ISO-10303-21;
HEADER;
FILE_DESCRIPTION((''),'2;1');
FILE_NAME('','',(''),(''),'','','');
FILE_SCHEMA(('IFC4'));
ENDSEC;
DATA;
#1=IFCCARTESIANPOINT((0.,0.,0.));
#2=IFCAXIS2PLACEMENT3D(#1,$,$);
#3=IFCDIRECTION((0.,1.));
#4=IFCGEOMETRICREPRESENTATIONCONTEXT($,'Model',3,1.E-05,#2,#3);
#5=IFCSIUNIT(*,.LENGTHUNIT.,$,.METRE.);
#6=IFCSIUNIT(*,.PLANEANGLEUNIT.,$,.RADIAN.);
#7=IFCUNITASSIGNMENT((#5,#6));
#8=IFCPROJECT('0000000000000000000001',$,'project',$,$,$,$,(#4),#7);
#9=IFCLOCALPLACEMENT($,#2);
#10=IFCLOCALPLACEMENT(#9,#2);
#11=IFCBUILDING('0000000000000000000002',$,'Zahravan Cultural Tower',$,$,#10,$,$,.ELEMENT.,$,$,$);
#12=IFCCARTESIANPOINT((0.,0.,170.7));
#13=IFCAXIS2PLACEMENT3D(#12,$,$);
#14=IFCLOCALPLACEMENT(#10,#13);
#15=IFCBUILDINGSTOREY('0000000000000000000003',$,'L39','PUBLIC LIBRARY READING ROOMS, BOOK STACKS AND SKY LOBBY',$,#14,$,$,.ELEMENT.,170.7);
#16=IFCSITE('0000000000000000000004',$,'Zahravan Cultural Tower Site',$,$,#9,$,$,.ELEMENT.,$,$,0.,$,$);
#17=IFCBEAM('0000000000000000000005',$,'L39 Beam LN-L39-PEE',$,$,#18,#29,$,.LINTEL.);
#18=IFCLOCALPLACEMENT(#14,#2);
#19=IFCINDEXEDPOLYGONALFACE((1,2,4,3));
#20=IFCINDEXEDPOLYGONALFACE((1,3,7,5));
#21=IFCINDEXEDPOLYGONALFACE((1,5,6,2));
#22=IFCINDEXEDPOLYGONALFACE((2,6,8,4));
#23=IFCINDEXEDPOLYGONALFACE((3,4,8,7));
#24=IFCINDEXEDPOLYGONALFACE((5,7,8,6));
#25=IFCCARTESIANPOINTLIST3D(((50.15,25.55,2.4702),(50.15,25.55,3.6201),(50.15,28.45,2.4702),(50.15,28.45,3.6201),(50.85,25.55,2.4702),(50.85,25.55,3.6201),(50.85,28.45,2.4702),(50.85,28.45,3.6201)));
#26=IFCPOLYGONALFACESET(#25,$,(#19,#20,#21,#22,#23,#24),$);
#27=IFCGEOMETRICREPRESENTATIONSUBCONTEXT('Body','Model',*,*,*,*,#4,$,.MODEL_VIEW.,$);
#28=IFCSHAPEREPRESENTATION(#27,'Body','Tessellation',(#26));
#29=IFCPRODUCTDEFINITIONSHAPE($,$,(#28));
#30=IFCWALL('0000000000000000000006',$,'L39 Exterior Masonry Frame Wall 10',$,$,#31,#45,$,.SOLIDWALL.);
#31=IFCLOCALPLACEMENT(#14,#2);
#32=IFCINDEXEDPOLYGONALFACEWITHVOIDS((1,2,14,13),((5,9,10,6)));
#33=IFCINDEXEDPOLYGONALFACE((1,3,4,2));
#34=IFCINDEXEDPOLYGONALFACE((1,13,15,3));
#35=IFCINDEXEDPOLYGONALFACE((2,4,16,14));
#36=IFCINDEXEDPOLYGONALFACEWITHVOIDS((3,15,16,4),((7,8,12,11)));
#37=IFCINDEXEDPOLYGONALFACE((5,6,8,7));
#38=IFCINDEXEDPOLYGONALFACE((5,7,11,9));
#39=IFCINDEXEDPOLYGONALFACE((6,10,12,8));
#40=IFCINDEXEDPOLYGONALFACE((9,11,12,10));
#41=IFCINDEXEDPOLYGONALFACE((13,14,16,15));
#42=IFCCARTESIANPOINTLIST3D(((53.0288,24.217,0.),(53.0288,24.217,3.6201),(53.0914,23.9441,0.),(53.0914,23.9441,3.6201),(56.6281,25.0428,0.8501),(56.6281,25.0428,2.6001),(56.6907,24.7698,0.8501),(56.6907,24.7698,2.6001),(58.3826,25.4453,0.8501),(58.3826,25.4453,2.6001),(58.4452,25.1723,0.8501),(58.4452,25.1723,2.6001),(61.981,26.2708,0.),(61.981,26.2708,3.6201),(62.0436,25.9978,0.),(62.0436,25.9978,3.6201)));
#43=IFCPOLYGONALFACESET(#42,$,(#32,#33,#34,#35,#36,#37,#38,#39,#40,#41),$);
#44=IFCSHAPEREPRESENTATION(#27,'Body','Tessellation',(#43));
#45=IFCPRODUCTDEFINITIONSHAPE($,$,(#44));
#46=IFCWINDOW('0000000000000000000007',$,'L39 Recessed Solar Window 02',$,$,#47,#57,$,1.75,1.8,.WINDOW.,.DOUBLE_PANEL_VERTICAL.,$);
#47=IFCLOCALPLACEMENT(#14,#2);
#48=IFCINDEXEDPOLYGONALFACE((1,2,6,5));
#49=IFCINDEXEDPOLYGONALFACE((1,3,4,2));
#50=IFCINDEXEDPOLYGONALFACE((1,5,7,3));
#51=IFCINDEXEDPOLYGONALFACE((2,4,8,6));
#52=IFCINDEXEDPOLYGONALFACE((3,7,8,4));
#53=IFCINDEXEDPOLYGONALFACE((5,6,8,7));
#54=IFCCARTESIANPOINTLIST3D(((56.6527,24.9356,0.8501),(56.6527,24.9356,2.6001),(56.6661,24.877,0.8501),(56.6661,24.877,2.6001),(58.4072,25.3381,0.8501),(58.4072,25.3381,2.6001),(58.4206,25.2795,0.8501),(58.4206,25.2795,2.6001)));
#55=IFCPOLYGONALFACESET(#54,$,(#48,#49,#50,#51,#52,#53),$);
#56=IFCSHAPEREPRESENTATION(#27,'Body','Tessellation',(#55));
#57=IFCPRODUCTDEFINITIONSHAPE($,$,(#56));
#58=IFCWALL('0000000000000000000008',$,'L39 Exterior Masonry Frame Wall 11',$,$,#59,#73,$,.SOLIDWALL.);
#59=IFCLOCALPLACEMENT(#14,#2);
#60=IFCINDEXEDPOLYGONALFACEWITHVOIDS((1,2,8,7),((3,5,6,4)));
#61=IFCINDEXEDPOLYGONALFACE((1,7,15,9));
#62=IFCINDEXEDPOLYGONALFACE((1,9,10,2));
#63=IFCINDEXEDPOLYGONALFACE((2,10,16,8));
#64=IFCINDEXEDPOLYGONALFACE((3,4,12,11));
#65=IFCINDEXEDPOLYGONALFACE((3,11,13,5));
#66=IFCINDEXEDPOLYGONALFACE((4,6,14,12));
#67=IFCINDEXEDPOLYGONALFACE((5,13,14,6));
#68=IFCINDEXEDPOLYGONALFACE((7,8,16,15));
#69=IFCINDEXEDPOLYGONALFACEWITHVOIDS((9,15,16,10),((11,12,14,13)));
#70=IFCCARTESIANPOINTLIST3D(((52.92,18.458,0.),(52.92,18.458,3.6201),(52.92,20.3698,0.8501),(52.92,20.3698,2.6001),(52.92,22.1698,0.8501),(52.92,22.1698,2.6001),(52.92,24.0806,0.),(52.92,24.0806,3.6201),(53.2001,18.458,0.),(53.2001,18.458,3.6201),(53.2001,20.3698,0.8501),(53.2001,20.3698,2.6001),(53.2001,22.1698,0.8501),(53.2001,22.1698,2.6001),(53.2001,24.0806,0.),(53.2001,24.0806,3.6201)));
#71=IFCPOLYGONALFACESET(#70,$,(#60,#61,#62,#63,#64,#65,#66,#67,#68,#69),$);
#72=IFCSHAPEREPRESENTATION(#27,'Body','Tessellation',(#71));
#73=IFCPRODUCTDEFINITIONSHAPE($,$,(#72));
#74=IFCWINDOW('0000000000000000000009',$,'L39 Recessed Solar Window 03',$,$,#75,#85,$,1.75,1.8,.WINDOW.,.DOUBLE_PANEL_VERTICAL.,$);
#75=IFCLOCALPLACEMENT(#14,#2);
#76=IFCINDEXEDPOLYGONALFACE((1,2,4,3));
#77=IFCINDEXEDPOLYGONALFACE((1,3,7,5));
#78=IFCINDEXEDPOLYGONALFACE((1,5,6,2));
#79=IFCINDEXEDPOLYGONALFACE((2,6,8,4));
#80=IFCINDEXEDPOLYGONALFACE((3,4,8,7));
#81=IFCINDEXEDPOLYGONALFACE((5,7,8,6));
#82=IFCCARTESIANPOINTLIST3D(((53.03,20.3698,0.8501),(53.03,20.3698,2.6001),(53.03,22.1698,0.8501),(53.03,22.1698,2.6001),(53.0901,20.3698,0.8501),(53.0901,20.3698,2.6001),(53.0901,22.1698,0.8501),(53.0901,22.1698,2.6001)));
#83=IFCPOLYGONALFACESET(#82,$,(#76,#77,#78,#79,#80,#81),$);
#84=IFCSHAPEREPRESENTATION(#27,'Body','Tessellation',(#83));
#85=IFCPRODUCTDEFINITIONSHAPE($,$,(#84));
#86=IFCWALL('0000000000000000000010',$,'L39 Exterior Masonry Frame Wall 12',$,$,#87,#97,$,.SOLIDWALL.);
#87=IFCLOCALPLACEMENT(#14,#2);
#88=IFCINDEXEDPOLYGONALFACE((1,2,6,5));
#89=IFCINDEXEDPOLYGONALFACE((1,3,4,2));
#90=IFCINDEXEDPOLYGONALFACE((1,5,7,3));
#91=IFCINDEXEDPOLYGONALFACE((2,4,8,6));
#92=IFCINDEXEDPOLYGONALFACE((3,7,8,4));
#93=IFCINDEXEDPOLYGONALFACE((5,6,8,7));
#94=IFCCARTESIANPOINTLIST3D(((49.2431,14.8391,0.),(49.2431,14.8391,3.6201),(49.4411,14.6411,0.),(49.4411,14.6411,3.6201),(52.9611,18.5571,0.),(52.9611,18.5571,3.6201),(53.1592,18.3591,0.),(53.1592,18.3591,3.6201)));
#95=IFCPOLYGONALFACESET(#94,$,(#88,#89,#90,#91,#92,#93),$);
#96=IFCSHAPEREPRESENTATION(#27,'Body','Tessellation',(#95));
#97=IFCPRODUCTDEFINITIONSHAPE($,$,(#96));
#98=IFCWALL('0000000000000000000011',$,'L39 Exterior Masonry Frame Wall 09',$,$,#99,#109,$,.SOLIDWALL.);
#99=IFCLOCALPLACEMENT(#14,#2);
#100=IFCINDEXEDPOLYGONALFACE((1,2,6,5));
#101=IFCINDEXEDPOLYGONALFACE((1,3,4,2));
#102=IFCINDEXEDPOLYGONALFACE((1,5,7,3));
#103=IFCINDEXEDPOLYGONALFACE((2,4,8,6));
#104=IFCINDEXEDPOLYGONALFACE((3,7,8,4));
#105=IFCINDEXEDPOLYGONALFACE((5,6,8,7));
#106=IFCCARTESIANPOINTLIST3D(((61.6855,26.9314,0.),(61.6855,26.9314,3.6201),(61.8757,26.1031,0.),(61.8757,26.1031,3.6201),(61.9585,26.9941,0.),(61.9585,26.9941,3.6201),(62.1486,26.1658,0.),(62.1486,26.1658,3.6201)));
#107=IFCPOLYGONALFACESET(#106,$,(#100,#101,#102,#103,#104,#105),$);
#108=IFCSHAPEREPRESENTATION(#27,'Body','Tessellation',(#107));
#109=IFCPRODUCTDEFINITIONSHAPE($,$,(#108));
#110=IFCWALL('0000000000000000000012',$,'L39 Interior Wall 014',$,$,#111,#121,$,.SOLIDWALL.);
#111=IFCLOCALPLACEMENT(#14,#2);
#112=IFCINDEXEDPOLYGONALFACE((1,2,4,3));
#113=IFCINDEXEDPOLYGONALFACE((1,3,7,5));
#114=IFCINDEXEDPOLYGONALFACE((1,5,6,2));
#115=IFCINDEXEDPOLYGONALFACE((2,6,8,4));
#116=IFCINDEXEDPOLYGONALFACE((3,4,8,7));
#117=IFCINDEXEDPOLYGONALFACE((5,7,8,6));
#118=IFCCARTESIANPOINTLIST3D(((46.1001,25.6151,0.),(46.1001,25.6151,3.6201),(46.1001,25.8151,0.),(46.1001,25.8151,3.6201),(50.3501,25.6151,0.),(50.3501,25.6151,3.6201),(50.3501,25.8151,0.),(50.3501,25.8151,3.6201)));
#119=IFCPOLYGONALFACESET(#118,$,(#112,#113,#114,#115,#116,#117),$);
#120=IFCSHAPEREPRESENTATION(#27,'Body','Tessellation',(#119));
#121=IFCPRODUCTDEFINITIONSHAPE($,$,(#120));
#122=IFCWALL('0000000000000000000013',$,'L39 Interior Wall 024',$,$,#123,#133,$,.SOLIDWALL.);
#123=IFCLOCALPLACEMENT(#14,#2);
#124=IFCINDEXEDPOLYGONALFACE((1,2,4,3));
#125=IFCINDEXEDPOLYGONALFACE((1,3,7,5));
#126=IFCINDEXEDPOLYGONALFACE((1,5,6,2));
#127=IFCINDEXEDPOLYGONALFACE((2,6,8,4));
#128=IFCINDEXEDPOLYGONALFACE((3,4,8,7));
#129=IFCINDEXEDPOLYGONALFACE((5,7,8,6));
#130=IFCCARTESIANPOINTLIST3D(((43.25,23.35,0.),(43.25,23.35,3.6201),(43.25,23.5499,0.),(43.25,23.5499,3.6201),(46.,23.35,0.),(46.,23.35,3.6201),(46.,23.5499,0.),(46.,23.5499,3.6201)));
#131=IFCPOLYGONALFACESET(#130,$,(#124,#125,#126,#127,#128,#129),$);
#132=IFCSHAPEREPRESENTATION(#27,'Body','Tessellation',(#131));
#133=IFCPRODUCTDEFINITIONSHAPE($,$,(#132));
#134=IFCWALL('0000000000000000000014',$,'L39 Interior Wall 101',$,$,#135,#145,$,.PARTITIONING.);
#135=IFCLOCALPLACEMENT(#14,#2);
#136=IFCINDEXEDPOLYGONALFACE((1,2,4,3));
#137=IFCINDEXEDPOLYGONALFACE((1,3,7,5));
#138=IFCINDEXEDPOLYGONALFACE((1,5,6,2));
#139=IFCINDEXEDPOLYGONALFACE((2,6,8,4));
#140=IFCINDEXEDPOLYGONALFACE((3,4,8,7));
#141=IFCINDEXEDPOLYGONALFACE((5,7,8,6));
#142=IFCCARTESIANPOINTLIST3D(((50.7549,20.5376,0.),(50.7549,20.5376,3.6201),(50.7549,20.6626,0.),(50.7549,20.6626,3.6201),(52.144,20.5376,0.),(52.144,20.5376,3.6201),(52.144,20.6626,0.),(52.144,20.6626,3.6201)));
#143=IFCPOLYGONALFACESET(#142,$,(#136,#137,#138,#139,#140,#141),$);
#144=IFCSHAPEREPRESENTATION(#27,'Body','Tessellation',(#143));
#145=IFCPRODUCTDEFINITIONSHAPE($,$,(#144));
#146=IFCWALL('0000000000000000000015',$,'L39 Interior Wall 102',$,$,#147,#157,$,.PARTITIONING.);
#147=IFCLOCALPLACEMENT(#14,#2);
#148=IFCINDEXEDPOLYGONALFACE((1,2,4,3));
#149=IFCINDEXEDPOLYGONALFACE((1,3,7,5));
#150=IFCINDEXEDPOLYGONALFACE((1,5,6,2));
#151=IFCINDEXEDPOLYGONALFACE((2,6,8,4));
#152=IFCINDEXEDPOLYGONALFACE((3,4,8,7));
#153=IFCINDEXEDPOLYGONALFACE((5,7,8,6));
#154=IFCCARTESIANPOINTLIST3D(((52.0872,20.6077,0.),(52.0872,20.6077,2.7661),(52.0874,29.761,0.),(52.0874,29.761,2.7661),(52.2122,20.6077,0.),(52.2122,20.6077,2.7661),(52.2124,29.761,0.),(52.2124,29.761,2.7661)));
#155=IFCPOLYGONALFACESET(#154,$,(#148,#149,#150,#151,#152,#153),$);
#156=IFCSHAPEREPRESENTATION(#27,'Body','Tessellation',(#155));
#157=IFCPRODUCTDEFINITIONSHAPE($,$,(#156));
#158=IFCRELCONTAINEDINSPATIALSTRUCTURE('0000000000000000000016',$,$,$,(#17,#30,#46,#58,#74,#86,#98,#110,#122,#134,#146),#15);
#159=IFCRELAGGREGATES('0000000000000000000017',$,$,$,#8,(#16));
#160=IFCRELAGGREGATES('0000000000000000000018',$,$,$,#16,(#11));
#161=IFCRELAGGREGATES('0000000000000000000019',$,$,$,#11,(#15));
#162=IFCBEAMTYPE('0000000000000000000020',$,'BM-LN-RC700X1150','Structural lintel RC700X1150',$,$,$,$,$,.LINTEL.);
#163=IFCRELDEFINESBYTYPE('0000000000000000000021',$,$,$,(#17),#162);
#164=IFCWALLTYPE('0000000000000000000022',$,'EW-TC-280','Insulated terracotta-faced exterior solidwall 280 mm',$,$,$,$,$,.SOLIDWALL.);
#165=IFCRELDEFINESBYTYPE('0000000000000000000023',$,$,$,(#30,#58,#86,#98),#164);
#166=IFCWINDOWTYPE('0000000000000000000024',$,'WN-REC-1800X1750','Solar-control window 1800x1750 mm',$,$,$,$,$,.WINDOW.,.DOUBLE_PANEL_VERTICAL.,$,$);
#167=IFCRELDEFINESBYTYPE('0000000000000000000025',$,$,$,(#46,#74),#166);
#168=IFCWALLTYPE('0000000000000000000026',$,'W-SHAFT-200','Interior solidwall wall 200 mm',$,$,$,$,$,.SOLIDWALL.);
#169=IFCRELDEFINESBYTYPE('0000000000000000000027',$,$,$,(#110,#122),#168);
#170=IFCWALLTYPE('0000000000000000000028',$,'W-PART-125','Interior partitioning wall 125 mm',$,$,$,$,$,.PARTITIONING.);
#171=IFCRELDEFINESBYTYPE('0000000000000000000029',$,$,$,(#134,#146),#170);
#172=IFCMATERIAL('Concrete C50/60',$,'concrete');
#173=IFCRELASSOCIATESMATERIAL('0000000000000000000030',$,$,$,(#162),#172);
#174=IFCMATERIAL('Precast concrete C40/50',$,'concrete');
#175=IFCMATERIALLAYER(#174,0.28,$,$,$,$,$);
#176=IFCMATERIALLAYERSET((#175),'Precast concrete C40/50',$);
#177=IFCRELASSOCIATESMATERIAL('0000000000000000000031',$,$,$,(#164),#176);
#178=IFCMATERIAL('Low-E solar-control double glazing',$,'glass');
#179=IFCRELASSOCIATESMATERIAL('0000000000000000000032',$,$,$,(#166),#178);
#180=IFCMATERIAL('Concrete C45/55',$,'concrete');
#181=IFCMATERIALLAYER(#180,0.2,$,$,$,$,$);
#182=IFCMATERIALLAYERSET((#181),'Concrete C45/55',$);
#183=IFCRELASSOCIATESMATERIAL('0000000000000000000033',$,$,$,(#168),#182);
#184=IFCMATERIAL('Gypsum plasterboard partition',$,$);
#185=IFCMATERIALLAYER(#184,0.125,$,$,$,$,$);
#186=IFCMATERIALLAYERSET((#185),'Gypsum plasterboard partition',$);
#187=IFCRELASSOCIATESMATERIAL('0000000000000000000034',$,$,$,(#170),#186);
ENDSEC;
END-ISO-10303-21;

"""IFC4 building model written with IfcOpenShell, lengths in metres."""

from ifc_helpers import new_model, si_unit, direction, frame, frame_2d, origin, origin_2d, place, context, subcontext, project, spatial, rectangle, extrude, source, transform, mapped, material, layer, layer_set, material_profile, profile_set, type_object, element, fill, save


model = new_model("IFC4")

# Units and contexts
model_context = context("Model", 3, precision=1e-05, world=origin(), true_north=direction((0.0, 1.0)))
body_context = subcontext(model_context, "Body", "Model", "MODEL_VIEW")
ifc_project = project(units=[si_unit("LENGTHUNIT", "METRE"), si_unit("PLANEANGLEUNIT", "RADIAN")], contexts=[model_context])

# Site, building, storey
site_placement = place(None, origin())
site = spatial("IfcSite", under=ifc_project, at=site_placement, Name="Zahravan Cultural Tower Site", CompositionType="ELEMENT", RefElevation=0.0)
building_placement = place(site_placement, origin())
building = spatial("IfcBuilding", under=site, at=building_placement, Name="Zahravan Cultural Tower", CompositionType="ELEMENT")
storey_placement = place(building_placement, frame((0.0, 0.0, 170.7)))
storey = spatial("IfcBuildingStorey", under=building, at=storey_placement, Name="L39", Description="PUBLIC LIBRARY READING ROOMS, BOOK STACKS AND SKY LOBBY", CompositionType="ELEMENT", Elevation=170.7)

# Beam
ifc_material_1 = material(Name="Concrete C50/60", Category="concrete")
ifc_material_profile = material_profile(ifc_material_1, rectangle(XDim=0.7, YDim=1.1499, at=origin_2d()), Name="RC700X1150")
ifc_profile_set = profile_set([ifc_material_profile], Name="Concrete C50/60")
beam_type = type_object("IfcBeamType", Name="BM-LN-RC700X1150", Description="Structural lintel RC700X1150", PredefinedType="LINTEL", material=ifc_profile_set)
shared_shape_1 = source(origin(), body_context, "Body", "SweptSolid", [
    extrude(rectangle(XDim=0.7, YDim=1.1499, at=origin_2d()), origin(), (0.0, 0.0, 1.0), 2.8999),
])
beam_placement = place(storey_placement, frame((50.5, 25.55, 3.0452), z_axis=(0.0, 1.0, 0.0), x_axis=(-1.0, 0.0, 0.0)))
element("IfcBeam", 1, at=beam_placement, inside=storey, type_object=beam_type, Name="L39 Beam LN-L39-PEE", PredefinedType="LINTEL", context=body_context, shape_type="MappedRepresentation", body=[
    mapped(shared_shape_1, transform((0.0, 0.0, 0.0), x_axis=(1.0, 0.0, 0.0), y_axis=(0.0, 1.0, 0.0), z_axis=(0.0, 0.0, 1.0), scale=1.0)),
])

# Walls, openings, windows
ifc_material_2 = material(Name="Precast concrete C40/50", Category="concrete")
ifc_layer_1 = layer(ifc_material_2, 0.28)
ifc_layer_set_1 = layer_set([ifc_layer_1], Name="Precast concrete C40/50")
wall_type_1 = type_object("IfcWallType", Name="EW-TC-280", Description="Insulated terracotta-faced exterior solidwall 280 mm", PredefinedType="SOLIDWALL", material=ifc_layer_set_1)
wall_1_placement = place(storey_placement, frame((62.0122, 26.1343, 0.0), z_axis=(0.0, 0.0, 1.0), x_axis=(-0.974681, -0.223601, 0.0)))
wall_1 = element("IfcWall", 2, at=wall_1_placement, inside=storey, type_object=wall_type_1, Name="L39 Exterior Masonry Frame Wall 10", PredefinedType="SOLIDWALL", context=body_context, shape_type="SweptSolid", body=[
    extrude(rectangle(XDim=9.1848, YDim=0.28, at=frame_2d((4.5923, 0.0))), origin(), (0.0, 0.0, 1.0), 3.6201),
])
opening_1_placement = place(wall_1_placement, frame((3.6919, 0.0, 0.8501)))
opening_1 = element("IfcOpeningElement", 3, at=opening_1_placement, cuts=wall_1, PredefinedType="OPENING", context=body_context, shape_type="SweptSolid", body=[
    extrude(rectangle(XDim=1.8, YDim=1.75, at=frame_2d((0.8999, 0.875))), frame((0.0, 0.1499, 0.0), z_axis=(0.0, -1.0, 0.0), x_axis=(1.0, 0.0, 0.0)), (0.0, 0.0, 1.0), 0.3),
])
ifc_material_3 = material(Name="Low-E solar-control double glazing", Category="glass")
window_type = type_object("IfcWindowType", Name="WN-REC-1800X1750", Description="Solar-control window 1800x1750 mm", PartitioningType="DOUBLE_PANEL_VERTICAL", PredefinedType="WINDOW", material=ifc_material_3)
shared_shape_2 = source(origin(), body_context, "Body", "SweptSolid", [
    extrude(rectangle(XDim=1.8, YDim=1.75, at=frame_2d((0.8999, 0.875))), frame((0.0, 0.03, 0.0), z_axis=(0.0, -1.0, 0.0), x_axis=(1.0, 0.0, 0.0)), (0.0, 0.0, 1.0), 0.0601),
])
window_1_placement = place(opening_1_placement, origin())
window_1 = element("IfcWindow", 4, at=window_1_placement, inside=storey, type_object=window_type, Name="L39 Recessed Solar Window 02", OverallHeight=1.75, OverallWidth=1.8, PartitioningType="DOUBLE_PANEL_VERTICAL", PredefinedType="WINDOW", context=body_context, shape_type="MappedRepresentation", body=[
    mapped(shared_shape_2, transform((0.0, 0.0, 0.0), x_axis=(1.0, 0.0, 0.0), y_axis=(0.0, 1.0, 0.0), z_axis=(0.0, 0.0, 1.0), scale=1.0)),
])
fill(opening_1, window_1)
wall_2_placement = place(storey_placement, frame((53.0601, 24.0806, 0.0), z_axis=(0.0, 0.0, 1.0), x_axis=(0.0, -1.0, 0.0)))
wall_2 = element("IfcWall", 5, at=wall_2_placement, inside=storey, type_object=wall_type_1, Name="L39 Exterior Masonry Frame Wall 11", PredefinedType="SOLIDWALL", context=body_context, shape_type="SweptSolid", body=[
    extrude(rectangle(XDim=5.6226, YDim=0.28, at=frame_2d((2.8113, 0.0))), origin(), (0.0, 0.0, 1.0), 3.6201),
])
opening_2_placement = place(wall_2_placement, frame((1.9109, 0.0, 0.8501)))
opening_2 = element("IfcOpeningElement", 6, at=opening_2_placement, cuts=wall_2, PredefinedType="OPENING", context=body_context, shape_type="SweptSolid", body=[
    extrude(rectangle(XDim=1.8, YDim=1.75, at=frame_2d((0.8999, 0.875))), frame((0.0, 0.1499, 0.0), z_axis=(0.0, -1.0, 0.0), x_axis=(1.0, 0.0, 0.0)), (0.0, 0.0, 1.0), 0.3),
])
window_2_placement = place(opening_2_placement, origin())
window_2 = element("IfcWindow", 7, at=window_2_placement, inside=storey, type_object=window_type, Name="L39 Recessed Solar Window 03", OverallHeight=1.75, OverallWidth=1.8, PartitioningType="DOUBLE_PANEL_VERTICAL", PredefinedType="WINDOW", context=body_context, shape_type="MappedRepresentation", body=[
    mapped(shared_shape_2, transform((0.0, 0.0, 0.0), x_axis=(1.0, 0.0, 0.0), y_axis=(0.0, 1.0, 0.0), z_axis=(0.0, 0.0, 1.0), scale=1.0)),
])
fill(opening_2, window_2)

# Walls
shared_shape_3 = source(origin(), body_context, "Body", "SweptSolid", [
    extrude(rectangle(XDim=5.2581, YDim=0.28, at=frame_2d((2.6289, 0.0))), origin(), (0.0, 0.0, 1.0), 3.6201),
])
wall_3_placement = place(storey_placement, frame((53.0601, 18.458, 0.0), z_axis=(0.0, 0.0, 1.0), x_axis=(-0.707107, -0.707107, 0.0)))
element("IfcWall", 8, at=wall_3_placement, inside=storey, type_object=wall_type_1, Name="L39 Exterior Masonry Frame Wall 12", PredefinedType="SOLIDWALL", context=body_context, shape_type="MappedRepresentation", body=[
    mapped(shared_shape_3, transform((0.0, 0.0, 0.0), x_axis=(1.0, 0.0, 0.0), y_axis=(0.0, 1.0, 0.0), z_axis=(0.0, 0.0, 1.0), scale=1.0)),
])
shared_shape_4 = source(origin(), body_context, "Body", "SweptSolid", [
    extrude(rectangle(XDim=0.8499, YDim=0.28, at=frame_2d((0.4248, 0.0))), origin(), (0.0, 0.0, 1.0), 3.6201),
])
wall_4_placement = place(storey_placement, frame((61.822, 26.9626, 0.0), z_axis=(0.0, 0.0, 1.0), x_axis=(0.223768, -0.974642, 0.0)))
element("IfcWall", 9, at=wall_4_placement, inside=storey, type_object=wall_type_1, Name="L39 Exterior Masonry Frame Wall 09", PredefinedType="SOLIDWALL", context=body_context, shape_type="MappedRepresentation", body=[
    mapped(shared_shape_4, transform((0.0, 0.0, 0.0), x_axis=(1.0, 0.0, 0.0), y_axis=(0.0, 1.0, 0.0), z_axis=(0.0, 0.0, 1.0), scale=1.0)),
])
ifc_material_4 = material(Name="Concrete C45/55", Category="concrete")
ifc_layer_2 = layer(ifc_material_4, 0.2)
ifc_layer_set_2 = layer_set([ifc_layer_2], Name="Concrete C45/55")
wall_type_2 = type_object("IfcWallType", Name="W-SHAFT-200", Description="Interior solidwall wall 200 mm", PredefinedType="SOLIDWALL", material=ifc_layer_set_2)
shared_shape_5 = source(origin(), body_context, "Body", "SweptSolid", [
    extrude(rectangle(XDim=4.25, YDim=0.2, at=frame_2d((2.125, 0.0))), origin(), (0.0, 0.0, 1.0), 3.6201),
])
wall_5_placement = place(storey_placement, frame((46.1001, 25.7151, 0.0), z_axis=(0.0, 0.0, 1.0), x_axis=(1.0, 0.0, 0.0)))
element("IfcWall", 10, at=wall_5_placement, inside=storey, type_object=wall_type_2, Name="L39 Interior Wall 014", PredefinedType="SOLIDWALL", context=body_context, shape_type="MappedRepresentation", body=[
    mapped(shared_shape_5, transform((0.0, 0.0, 0.0), x_axis=(1.0, 0.0, 0.0), y_axis=(0.0, 1.0, 0.0), z_axis=(0.0, 0.0, 1.0), scale=1.0)),
])
shared_shape_6 = source(origin(), body_context, "Body", "SweptSolid", [
    extrude(rectangle(XDim=2.75, YDim=0.2, at=frame_2d((1.375, 0.0))), origin(), (0.0, 0.0, 1.0), 3.6201),
])
wall_6_placement = place(storey_placement, frame((43.25, 23.45, 0.0), z_axis=(0.0, 0.0, 1.0), x_axis=(1.0, 0.0, 0.0)))
element("IfcWall", 11, at=wall_6_placement, inside=storey, type_object=wall_type_2, Name="L39 Interior Wall 024", PredefinedType="SOLIDWALL", context=body_context, shape_type="MappedRepresentation", body=[
    mapped(shared_shape_6, transform((0.0, 0.0, 0.0), x_axis=(1.0, 0.0, 0.0), y_axis=(0.0, 1.0, 0.0), z_axis=(0.0, 0.0, 1.0), scale=1.0)),
])
ifc_material_5 = material(Name="Gypsum plasterboard partition")
ifc_layer_3 = layer(ifc_material_5, 0.125)
ifc_layer_set_3 = layer_set([ifc_layer_3], Name="Gypsum plasterboard partition")
wall_type_3 = type_object("IfcWallType", Name="W-PART-125", Description="Interior partitioning wall 125 mm", PredefinedType="PARTITIONING", material=ifc_layer_set_3)
shared_shape_7 = source(origin(), body_context, "Body", "SweptSolid", [
    extrude(rectangle(XDim=1.3892, YDim=0.125, at=frame_2d((0.6946, 0.0))), origin(), (0.0, 0.0, 1.0), 3.6201),
])
wall_7_placement = place(storey_placement, frame((50.7549, 20.6001, 0.0), z_axis=(0.0, 0.0, 1.0), x_axis=(1.0, 0.0, 0.0)))
element("IfcWall", 12, at=wall_7_placement, inside=storey, type_object=wall_type_3, Name="L39 Interior Wall 101", PredefinedType="PARTITIONING", context=body_context, shape_type="MappedRepresentation", body=[
    mapped(shared_shape_7, transform((0.0, 0.0, 0.0), x_axis=(1.0, 0.0, 0.0), y_axis=(0.0, 1.0, 0.0), z_axis=(0.0, 0.0, 1.0), scale=1.0)),
])
shared_shape_8 = source(origin(), body_context, "Body", "SweptSolid", [
    extrude(rectangle(XDim=9.1533, YDim=0.125, at=frame_2d((4.5767, 0.0))), origin(), (0.0, 0.0, 1.0), 2.7661),
])
wall_8_placement = place(storey_placement, frame((52.1497, 20.6077, 0.0), z_axis=(0.0, 0.0, 1.0), x_axis=(0.000027, 1.0, 0.0)))
element("IfcWall", 13, at=wall_8_placement, inside=storey, type_object=wall_type_3, Name="L39 Interior Wall 102", PredefinedType="PARTITIONING", context=body_context, shape_type="MappedRepresentation", body=[
    mapped(shared_shape_8, transform((0.0, 0.0, 0.0), x_axis=(1.0, 0.0, 0.0), y_axis=(0.0, 1.0, 0.0), z_axis=(0.0, 0.0, 1.0), scale=1.0)),
])

save(model, "model.ifc")
